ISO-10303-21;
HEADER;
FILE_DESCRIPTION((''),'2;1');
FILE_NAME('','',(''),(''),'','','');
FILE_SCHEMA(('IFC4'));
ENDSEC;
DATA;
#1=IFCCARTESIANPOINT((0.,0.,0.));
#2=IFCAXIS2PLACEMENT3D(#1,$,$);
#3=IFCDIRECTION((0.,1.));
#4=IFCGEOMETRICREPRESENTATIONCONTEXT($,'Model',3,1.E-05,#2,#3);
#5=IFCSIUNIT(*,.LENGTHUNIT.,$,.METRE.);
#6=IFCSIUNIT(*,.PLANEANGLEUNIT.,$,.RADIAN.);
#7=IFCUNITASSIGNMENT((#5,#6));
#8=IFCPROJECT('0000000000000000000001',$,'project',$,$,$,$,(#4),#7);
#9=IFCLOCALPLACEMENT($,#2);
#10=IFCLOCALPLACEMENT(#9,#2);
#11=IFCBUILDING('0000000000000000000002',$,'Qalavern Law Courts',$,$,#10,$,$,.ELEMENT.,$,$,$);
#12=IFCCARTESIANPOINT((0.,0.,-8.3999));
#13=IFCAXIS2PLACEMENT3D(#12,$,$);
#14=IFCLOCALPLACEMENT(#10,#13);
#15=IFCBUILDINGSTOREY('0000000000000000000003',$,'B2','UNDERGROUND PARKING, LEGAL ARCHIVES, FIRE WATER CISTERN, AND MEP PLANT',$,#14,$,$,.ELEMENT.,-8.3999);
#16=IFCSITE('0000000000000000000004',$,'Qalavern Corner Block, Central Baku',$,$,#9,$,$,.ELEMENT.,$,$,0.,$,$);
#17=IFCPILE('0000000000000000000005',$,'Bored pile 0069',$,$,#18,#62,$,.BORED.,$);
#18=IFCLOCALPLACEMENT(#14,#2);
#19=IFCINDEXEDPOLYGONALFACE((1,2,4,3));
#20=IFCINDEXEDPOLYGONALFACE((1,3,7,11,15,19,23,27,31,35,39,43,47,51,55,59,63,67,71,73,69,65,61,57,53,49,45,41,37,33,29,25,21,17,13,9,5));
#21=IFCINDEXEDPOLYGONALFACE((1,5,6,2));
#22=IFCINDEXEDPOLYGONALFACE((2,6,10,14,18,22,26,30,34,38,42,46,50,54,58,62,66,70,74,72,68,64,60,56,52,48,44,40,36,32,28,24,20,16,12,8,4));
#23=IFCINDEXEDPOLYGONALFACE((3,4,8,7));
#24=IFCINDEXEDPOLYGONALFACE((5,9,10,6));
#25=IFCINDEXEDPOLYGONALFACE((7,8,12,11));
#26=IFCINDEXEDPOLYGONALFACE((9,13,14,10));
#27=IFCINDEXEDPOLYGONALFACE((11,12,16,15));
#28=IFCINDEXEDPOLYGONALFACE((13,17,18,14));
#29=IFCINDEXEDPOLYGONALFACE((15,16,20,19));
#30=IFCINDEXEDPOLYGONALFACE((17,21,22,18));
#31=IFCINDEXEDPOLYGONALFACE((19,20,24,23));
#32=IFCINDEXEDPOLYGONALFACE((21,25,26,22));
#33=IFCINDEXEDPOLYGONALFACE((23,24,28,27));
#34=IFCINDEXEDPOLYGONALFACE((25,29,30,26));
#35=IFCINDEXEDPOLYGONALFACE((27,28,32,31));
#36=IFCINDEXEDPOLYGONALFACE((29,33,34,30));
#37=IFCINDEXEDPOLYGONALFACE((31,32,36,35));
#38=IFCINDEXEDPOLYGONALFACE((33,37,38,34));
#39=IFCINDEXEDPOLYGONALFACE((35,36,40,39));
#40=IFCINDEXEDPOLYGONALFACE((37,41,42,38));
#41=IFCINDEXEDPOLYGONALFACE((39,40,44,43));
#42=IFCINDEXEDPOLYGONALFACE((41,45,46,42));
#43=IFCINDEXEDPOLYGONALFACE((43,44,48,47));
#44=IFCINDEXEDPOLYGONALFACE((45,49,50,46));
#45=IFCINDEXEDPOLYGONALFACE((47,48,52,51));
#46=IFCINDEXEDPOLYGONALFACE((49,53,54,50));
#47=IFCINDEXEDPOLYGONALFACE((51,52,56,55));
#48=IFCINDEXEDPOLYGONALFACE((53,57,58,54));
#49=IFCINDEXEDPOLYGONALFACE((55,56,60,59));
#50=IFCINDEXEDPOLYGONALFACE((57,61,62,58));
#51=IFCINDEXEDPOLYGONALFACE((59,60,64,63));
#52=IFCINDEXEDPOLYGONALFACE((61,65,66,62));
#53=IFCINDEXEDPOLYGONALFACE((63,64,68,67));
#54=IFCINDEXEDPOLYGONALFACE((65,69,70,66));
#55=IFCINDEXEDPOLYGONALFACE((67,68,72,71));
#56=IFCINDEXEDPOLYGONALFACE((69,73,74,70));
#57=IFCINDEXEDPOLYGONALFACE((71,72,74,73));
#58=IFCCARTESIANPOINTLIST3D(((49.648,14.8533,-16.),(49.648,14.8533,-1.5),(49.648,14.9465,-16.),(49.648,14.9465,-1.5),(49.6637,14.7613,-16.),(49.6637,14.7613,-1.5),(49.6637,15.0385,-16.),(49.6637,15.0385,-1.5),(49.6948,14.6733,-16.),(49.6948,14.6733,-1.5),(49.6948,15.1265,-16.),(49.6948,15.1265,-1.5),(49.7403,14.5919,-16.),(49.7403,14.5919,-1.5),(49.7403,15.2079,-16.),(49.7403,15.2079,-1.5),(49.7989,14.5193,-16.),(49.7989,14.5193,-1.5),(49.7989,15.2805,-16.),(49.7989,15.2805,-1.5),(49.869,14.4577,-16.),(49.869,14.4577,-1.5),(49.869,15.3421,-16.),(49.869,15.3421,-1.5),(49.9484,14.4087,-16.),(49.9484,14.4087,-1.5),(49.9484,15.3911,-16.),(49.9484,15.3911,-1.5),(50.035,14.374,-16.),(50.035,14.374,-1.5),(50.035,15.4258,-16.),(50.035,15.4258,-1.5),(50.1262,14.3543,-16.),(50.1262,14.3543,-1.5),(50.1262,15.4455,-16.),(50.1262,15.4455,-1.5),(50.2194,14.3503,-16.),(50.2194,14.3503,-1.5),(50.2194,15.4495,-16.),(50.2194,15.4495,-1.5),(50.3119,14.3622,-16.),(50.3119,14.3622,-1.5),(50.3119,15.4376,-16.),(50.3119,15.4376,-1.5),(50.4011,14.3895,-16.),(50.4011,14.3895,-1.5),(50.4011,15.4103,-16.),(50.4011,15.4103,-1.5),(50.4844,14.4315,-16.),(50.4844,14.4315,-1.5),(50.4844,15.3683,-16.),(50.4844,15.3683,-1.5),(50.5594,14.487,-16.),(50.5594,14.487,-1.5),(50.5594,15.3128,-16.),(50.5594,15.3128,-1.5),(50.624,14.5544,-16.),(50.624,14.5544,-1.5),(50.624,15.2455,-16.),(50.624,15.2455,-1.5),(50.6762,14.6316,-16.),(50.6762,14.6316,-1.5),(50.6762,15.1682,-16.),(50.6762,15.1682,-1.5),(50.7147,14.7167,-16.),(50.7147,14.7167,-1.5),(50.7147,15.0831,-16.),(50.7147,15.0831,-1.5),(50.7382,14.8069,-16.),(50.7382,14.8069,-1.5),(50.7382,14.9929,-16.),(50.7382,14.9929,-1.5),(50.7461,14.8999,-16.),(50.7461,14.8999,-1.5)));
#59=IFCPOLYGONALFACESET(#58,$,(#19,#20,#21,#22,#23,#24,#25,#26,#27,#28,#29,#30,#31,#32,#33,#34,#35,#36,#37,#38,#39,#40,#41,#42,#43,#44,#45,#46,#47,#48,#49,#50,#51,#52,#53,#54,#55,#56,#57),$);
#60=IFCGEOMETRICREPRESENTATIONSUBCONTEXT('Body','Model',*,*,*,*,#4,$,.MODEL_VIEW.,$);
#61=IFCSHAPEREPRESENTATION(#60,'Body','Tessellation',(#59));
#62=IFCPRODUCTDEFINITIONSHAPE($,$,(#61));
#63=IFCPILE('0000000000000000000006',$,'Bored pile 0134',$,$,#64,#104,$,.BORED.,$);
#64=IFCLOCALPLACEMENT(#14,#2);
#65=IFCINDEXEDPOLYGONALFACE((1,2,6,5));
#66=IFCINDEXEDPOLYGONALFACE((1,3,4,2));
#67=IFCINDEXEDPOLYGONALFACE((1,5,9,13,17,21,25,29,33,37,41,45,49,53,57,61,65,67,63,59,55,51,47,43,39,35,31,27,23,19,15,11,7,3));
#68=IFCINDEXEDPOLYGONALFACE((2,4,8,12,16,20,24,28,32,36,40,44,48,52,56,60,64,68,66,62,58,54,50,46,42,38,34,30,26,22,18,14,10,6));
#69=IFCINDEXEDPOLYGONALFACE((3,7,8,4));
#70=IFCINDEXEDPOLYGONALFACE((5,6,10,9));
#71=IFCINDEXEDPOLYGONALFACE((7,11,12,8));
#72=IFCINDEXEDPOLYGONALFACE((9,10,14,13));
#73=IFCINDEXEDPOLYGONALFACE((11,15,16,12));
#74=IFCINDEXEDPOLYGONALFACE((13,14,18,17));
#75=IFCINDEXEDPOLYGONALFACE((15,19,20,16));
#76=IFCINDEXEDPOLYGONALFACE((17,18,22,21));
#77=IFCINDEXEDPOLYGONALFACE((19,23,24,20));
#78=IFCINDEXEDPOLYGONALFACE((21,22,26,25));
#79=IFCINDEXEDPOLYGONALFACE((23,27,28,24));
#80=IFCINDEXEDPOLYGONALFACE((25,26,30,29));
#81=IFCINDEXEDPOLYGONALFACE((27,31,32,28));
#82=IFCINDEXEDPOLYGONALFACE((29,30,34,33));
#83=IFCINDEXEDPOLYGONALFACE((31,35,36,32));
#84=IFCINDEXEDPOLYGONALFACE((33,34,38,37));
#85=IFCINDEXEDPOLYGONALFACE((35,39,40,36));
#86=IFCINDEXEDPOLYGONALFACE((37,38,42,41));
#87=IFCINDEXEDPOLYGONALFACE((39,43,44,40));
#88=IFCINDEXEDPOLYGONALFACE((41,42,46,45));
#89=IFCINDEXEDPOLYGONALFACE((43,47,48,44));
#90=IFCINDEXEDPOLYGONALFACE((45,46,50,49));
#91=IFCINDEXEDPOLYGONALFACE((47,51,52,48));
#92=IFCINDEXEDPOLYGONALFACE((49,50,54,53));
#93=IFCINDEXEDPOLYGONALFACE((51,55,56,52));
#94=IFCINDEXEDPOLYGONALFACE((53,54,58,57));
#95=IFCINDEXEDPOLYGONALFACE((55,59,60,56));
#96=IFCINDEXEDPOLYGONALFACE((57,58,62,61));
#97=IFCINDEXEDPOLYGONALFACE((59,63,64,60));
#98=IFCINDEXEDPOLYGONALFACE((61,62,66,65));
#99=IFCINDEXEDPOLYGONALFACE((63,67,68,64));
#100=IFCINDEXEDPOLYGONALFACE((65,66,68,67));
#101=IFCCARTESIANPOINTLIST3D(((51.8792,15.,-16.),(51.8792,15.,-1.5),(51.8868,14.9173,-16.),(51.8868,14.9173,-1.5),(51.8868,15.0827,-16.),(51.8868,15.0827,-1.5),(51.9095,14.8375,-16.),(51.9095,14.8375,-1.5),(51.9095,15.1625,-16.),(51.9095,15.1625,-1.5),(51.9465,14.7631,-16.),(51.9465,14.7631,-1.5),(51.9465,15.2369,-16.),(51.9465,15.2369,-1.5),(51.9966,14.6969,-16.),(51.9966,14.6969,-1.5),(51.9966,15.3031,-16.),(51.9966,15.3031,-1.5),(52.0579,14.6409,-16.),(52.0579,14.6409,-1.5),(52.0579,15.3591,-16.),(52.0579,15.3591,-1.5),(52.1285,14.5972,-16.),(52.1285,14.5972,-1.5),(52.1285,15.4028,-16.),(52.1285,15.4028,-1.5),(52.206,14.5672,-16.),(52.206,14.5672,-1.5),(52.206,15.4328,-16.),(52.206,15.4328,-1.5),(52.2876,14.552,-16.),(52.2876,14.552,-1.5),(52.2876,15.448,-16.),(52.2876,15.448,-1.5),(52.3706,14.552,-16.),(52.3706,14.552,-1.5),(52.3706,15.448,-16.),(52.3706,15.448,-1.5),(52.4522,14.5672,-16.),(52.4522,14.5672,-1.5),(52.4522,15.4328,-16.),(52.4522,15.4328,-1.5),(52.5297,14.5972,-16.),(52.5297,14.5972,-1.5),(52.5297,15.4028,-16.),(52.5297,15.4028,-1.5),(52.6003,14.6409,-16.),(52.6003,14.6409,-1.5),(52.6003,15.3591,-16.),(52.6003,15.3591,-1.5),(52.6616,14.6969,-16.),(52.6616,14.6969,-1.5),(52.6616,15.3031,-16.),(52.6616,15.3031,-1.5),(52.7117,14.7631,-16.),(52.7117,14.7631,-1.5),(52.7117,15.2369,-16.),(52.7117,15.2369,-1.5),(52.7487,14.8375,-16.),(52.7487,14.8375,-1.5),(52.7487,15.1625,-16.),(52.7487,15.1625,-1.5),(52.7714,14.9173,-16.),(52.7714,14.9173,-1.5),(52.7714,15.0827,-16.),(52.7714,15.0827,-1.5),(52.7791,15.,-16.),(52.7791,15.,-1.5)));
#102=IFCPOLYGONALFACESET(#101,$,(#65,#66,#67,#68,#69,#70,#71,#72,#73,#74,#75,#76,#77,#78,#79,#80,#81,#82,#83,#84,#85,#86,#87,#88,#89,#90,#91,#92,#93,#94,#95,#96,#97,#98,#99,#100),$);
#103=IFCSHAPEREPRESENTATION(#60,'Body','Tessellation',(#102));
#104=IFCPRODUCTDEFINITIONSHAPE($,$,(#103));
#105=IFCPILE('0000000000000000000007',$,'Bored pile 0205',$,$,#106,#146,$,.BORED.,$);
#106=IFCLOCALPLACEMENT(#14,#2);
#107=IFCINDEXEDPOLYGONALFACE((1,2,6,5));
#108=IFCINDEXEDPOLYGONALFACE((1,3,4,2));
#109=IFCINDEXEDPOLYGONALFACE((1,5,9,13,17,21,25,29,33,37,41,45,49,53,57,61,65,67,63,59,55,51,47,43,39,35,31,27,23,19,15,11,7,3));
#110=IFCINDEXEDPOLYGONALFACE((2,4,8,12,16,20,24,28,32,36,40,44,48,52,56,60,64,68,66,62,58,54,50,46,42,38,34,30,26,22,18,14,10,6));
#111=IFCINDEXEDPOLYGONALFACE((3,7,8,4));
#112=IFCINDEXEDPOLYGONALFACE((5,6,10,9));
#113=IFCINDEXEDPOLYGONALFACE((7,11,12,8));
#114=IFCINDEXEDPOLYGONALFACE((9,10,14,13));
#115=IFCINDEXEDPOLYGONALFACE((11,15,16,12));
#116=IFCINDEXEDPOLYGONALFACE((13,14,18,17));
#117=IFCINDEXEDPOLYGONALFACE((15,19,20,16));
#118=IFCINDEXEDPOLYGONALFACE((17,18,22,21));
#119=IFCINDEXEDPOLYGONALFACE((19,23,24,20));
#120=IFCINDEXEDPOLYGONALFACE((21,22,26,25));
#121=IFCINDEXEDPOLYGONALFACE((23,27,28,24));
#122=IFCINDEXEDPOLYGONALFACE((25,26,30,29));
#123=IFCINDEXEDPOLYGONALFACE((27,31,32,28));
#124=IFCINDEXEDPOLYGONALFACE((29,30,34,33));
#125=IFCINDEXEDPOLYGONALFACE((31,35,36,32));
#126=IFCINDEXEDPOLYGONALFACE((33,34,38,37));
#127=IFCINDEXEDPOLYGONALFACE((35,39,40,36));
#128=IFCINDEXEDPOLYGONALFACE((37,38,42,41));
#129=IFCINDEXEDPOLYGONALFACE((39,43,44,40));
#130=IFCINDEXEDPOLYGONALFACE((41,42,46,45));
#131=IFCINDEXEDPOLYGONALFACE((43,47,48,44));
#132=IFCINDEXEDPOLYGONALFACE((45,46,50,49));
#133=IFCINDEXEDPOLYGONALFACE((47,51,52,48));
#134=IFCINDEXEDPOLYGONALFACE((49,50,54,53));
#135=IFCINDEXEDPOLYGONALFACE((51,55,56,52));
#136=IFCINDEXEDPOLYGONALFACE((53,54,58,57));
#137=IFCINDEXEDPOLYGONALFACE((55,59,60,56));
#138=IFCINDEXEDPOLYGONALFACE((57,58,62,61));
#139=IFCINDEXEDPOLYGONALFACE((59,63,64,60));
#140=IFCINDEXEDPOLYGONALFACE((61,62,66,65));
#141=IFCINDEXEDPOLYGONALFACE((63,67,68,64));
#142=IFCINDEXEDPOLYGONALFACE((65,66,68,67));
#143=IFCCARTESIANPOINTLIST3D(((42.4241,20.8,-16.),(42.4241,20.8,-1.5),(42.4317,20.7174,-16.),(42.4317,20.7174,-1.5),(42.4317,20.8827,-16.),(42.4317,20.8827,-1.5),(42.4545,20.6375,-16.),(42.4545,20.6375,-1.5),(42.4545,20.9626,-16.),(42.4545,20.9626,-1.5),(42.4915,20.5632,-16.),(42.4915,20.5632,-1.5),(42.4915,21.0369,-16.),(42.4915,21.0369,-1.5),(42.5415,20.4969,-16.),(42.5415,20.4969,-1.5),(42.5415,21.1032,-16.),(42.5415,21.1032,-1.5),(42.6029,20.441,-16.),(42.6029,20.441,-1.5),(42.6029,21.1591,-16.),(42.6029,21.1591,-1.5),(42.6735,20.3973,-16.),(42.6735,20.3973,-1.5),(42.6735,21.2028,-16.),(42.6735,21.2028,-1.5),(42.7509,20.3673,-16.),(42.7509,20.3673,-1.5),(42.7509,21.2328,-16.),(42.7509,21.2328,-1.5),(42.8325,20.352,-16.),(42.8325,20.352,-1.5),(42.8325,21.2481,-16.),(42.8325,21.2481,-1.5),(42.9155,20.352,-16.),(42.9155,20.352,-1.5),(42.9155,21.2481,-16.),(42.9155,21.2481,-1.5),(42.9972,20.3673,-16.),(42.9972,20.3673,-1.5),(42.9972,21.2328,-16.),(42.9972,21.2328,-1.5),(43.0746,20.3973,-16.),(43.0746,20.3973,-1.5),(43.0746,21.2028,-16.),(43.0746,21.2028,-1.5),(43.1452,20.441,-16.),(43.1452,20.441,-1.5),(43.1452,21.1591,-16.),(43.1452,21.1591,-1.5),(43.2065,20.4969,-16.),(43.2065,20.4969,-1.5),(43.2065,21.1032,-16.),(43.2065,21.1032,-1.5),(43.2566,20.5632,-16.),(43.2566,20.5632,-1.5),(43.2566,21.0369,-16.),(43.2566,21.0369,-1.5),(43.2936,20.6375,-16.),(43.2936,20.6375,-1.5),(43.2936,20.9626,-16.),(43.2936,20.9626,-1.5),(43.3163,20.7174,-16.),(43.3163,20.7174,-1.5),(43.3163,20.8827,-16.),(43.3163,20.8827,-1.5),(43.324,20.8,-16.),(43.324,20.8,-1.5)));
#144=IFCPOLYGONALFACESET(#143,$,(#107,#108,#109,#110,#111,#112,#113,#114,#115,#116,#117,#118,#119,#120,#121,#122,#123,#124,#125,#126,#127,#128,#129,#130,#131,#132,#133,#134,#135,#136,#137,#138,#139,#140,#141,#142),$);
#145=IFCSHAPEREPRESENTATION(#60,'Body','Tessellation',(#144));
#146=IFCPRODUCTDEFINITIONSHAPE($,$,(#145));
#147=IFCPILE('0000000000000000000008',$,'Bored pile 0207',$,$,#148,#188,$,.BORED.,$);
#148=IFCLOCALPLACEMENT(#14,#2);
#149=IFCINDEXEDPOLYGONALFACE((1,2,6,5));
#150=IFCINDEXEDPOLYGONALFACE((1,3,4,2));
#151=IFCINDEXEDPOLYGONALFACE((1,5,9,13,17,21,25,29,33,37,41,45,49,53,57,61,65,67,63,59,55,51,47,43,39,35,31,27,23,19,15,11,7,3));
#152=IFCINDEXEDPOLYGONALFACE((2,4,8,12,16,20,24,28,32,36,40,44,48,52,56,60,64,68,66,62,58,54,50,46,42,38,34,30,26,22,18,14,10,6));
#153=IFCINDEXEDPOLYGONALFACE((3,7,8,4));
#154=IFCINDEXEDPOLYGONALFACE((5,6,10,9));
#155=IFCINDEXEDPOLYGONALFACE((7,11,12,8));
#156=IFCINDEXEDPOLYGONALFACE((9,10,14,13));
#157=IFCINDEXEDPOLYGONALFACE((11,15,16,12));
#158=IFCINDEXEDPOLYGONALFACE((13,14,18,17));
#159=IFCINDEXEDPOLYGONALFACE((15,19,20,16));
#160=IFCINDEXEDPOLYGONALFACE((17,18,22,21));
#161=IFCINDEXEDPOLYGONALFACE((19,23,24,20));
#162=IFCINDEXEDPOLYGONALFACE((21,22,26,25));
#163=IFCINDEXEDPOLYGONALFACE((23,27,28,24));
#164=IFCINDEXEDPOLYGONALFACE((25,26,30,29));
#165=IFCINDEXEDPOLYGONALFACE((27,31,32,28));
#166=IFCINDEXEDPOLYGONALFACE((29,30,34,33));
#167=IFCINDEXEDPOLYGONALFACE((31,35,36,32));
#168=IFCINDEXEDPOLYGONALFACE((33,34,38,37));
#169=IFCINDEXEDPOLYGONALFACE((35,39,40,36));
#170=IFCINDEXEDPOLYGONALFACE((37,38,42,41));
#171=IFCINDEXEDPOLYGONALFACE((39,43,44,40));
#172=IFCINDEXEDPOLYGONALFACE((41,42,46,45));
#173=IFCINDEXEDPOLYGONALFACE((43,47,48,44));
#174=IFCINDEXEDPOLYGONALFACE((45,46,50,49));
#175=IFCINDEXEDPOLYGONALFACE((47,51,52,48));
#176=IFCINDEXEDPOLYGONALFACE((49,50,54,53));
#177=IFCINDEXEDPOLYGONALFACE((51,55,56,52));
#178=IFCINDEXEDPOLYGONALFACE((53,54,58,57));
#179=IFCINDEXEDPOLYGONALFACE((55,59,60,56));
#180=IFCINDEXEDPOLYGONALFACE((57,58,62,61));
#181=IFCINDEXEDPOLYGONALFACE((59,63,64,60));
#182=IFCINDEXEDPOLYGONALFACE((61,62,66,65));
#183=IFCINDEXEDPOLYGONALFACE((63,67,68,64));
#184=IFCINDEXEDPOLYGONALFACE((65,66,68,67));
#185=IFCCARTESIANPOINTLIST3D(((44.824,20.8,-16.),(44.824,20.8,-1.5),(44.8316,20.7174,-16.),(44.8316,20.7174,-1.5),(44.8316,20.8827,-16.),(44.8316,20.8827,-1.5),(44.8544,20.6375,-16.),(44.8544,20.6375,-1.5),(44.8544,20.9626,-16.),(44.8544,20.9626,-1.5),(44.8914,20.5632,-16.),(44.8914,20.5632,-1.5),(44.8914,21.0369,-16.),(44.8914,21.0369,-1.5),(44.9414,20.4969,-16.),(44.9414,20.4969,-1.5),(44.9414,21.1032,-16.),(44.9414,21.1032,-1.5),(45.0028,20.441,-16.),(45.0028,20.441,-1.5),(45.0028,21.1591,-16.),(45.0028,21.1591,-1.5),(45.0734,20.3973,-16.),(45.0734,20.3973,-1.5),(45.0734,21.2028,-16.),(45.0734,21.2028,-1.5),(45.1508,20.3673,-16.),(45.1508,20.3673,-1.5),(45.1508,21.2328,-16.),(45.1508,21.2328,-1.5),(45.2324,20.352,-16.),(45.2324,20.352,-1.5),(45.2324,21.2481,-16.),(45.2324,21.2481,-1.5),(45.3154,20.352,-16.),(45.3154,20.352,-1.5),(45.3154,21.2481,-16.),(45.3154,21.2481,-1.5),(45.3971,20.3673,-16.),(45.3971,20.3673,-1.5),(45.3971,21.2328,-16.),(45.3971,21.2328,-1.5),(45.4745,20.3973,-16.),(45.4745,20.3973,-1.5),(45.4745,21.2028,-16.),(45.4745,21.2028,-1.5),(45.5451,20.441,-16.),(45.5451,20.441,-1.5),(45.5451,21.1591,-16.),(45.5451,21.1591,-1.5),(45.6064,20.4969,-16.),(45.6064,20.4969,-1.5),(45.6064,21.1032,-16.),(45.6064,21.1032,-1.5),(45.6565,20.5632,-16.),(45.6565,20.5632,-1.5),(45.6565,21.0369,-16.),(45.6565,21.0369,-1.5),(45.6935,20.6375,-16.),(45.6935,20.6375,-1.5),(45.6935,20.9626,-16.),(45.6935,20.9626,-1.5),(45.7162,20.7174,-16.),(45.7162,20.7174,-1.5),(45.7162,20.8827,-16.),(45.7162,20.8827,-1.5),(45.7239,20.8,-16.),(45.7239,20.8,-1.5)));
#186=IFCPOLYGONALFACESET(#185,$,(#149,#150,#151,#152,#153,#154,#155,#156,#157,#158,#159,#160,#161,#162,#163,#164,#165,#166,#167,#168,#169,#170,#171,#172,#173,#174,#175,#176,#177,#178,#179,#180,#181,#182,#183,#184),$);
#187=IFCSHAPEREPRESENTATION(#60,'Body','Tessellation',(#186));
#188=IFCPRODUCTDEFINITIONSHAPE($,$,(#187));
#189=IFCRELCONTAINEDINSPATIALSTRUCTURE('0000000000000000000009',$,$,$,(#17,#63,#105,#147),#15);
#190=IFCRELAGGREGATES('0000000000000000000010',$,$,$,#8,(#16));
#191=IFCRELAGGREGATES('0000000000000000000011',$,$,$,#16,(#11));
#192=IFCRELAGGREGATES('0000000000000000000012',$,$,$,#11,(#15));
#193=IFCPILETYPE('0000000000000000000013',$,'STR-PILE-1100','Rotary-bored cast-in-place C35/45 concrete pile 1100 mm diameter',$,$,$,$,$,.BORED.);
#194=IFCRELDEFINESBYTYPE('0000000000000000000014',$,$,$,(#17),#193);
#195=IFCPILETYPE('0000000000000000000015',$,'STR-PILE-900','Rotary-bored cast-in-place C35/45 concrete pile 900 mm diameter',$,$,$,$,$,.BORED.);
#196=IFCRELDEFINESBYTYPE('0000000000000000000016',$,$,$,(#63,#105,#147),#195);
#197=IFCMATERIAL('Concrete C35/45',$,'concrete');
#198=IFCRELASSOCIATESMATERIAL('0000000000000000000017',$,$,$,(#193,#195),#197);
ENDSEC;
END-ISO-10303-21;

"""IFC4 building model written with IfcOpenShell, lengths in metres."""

from ifc_helpers import new_model, si_unit, direction, frame, origin, origin_2d, place, context, subcontext, project, spatial, circle, extrude, material, material_profile, profile_set, type_object, element, save


model = new_model("IFC4")

# Units and contexts
model_context = context("Model", 3, precision=1e-05, world=origin(), true_north=direction((0.0, 1.0)))
body_context = subcontext(model_context, "Body", "Model", "MODEL_VIEW")
ifc_project = project(units=[si_unit("LENGTHUNIT", "METRE"), si_unit("PLANEANGLEUNIT", "RADIAN")], contexts=[model_context])

# Site, building, storey
site_placement = place(None, origin())
site = spatial("IfcSite", under=ifc_project, at=site_placement, Name="Qalavern Corner Block, Central Baku", CompositionType="ELEMENT", RefElevation=0.0)
building_placement = place(site_placement, origin())
building = spatial("IfcBuilding", under=site, at=building_placement, Name="Qalavern Law Courts", CompositionType="ELEMENT")
storey_placement = place(building_placement, frame((0.0, 0.0, -8.3999)))
storey = spatial("IfcBuildingStorey", under=building, at=storey_placement, Name="B2", Description="UNDERGROUND PARKING, LEGAL ARCHIVES, FIRE WATER CISTERN, AND MEP PLANT", CompositionType="ELEMENT", Elevation=-8.3999)

# Shared definitions
ifc_material_1 = material(Name="Concrete C35/45", Category="concrete")

# Piles
ifc_material_profile_1 = material_profile(ifc_material_1, circle(Radius=0.55, at=origin_2d()), Name="BORED PILE 1100")
ifc_profile_set_1 = profile_set([ifc_material_profile_1], Name="Concrete C35/45")
pile_type_1 = type_object("IfcPileType", Name="STR-PILE-1100", Description="Rotary-bored cast-in-place C35/45 concrete pile 1100 mm diameter", PredefinedType="BORED", material=ifc_profile_set_1)
for number, where, z_axis, x_axis, name in (
    (1, (50.196, 14.8999, -1.5), (0.0, 0.0, -1.0), (1.0, 0.0, 0.0), "Bored pile 0069"),
):
    element("IfcPile", number, at=place(storey_placement, frame(where, z_axis=z_axis, x_axis=x_axis)), inside=storey, type_object=pile_type_1, Name=name, PredefinedType="BORED", context=body_context, shape_type="SweptSolid", body=[
        extrude(circle(Radius=0.55, at=origin_2d()), origin(), (0.0, 0.0, 1.0), 14.5),
    ])
ifc_material_profile_2 = material_profile(ifc_material_1, circle(Radius=0.45, at=origin_2d()), Name="BORED PILE 900")
ifc_profile_set_2 = profile_set([ifc_material_profile_2], Name="Concrete C35/45")
pile_type_2 = type_object("IfcPileType", Name="STR-PILE-900", Description="Rotary-bored cast-in-place C35/45 concrete pile 900 mm diameter", PredefinedType="BORED", material=ifc_profile_set_2)
for number, where, z_axis, x_axis, name in (
    (2, (52.3291, 15.0, -1.5), (0.0, 0.0, -1.0), (1.0, 0.0, 0.0), "Bored pile 0134"),
    (3, (42.874, 20.8, -1.5), (0.0, 0.0, -1.0), (1.0, 0.0, 0.0), "Bored pile 0205"),
    (4, (45.2739, 20.8, -1.5), (0.0, 0.0, -1.0), (1.0, 0.0, 0.0), "Bored pile 0207"),
):
    element("IfcPile", number, at=place(storey_placement, frame(where, z_axis=z_axis, x_axis=x_axis)), inside=storey, type_object=pile_type_2, Name=name, PredefinedType="BORED", context=body_context, shape_type="SweptSolid", body=[
        extrude(circle(Radius=0.45, at=origin_2d()), origin(), (0.0, 0.0, 1.0), 14.5),
    ])

save(model, "model.ifc")
